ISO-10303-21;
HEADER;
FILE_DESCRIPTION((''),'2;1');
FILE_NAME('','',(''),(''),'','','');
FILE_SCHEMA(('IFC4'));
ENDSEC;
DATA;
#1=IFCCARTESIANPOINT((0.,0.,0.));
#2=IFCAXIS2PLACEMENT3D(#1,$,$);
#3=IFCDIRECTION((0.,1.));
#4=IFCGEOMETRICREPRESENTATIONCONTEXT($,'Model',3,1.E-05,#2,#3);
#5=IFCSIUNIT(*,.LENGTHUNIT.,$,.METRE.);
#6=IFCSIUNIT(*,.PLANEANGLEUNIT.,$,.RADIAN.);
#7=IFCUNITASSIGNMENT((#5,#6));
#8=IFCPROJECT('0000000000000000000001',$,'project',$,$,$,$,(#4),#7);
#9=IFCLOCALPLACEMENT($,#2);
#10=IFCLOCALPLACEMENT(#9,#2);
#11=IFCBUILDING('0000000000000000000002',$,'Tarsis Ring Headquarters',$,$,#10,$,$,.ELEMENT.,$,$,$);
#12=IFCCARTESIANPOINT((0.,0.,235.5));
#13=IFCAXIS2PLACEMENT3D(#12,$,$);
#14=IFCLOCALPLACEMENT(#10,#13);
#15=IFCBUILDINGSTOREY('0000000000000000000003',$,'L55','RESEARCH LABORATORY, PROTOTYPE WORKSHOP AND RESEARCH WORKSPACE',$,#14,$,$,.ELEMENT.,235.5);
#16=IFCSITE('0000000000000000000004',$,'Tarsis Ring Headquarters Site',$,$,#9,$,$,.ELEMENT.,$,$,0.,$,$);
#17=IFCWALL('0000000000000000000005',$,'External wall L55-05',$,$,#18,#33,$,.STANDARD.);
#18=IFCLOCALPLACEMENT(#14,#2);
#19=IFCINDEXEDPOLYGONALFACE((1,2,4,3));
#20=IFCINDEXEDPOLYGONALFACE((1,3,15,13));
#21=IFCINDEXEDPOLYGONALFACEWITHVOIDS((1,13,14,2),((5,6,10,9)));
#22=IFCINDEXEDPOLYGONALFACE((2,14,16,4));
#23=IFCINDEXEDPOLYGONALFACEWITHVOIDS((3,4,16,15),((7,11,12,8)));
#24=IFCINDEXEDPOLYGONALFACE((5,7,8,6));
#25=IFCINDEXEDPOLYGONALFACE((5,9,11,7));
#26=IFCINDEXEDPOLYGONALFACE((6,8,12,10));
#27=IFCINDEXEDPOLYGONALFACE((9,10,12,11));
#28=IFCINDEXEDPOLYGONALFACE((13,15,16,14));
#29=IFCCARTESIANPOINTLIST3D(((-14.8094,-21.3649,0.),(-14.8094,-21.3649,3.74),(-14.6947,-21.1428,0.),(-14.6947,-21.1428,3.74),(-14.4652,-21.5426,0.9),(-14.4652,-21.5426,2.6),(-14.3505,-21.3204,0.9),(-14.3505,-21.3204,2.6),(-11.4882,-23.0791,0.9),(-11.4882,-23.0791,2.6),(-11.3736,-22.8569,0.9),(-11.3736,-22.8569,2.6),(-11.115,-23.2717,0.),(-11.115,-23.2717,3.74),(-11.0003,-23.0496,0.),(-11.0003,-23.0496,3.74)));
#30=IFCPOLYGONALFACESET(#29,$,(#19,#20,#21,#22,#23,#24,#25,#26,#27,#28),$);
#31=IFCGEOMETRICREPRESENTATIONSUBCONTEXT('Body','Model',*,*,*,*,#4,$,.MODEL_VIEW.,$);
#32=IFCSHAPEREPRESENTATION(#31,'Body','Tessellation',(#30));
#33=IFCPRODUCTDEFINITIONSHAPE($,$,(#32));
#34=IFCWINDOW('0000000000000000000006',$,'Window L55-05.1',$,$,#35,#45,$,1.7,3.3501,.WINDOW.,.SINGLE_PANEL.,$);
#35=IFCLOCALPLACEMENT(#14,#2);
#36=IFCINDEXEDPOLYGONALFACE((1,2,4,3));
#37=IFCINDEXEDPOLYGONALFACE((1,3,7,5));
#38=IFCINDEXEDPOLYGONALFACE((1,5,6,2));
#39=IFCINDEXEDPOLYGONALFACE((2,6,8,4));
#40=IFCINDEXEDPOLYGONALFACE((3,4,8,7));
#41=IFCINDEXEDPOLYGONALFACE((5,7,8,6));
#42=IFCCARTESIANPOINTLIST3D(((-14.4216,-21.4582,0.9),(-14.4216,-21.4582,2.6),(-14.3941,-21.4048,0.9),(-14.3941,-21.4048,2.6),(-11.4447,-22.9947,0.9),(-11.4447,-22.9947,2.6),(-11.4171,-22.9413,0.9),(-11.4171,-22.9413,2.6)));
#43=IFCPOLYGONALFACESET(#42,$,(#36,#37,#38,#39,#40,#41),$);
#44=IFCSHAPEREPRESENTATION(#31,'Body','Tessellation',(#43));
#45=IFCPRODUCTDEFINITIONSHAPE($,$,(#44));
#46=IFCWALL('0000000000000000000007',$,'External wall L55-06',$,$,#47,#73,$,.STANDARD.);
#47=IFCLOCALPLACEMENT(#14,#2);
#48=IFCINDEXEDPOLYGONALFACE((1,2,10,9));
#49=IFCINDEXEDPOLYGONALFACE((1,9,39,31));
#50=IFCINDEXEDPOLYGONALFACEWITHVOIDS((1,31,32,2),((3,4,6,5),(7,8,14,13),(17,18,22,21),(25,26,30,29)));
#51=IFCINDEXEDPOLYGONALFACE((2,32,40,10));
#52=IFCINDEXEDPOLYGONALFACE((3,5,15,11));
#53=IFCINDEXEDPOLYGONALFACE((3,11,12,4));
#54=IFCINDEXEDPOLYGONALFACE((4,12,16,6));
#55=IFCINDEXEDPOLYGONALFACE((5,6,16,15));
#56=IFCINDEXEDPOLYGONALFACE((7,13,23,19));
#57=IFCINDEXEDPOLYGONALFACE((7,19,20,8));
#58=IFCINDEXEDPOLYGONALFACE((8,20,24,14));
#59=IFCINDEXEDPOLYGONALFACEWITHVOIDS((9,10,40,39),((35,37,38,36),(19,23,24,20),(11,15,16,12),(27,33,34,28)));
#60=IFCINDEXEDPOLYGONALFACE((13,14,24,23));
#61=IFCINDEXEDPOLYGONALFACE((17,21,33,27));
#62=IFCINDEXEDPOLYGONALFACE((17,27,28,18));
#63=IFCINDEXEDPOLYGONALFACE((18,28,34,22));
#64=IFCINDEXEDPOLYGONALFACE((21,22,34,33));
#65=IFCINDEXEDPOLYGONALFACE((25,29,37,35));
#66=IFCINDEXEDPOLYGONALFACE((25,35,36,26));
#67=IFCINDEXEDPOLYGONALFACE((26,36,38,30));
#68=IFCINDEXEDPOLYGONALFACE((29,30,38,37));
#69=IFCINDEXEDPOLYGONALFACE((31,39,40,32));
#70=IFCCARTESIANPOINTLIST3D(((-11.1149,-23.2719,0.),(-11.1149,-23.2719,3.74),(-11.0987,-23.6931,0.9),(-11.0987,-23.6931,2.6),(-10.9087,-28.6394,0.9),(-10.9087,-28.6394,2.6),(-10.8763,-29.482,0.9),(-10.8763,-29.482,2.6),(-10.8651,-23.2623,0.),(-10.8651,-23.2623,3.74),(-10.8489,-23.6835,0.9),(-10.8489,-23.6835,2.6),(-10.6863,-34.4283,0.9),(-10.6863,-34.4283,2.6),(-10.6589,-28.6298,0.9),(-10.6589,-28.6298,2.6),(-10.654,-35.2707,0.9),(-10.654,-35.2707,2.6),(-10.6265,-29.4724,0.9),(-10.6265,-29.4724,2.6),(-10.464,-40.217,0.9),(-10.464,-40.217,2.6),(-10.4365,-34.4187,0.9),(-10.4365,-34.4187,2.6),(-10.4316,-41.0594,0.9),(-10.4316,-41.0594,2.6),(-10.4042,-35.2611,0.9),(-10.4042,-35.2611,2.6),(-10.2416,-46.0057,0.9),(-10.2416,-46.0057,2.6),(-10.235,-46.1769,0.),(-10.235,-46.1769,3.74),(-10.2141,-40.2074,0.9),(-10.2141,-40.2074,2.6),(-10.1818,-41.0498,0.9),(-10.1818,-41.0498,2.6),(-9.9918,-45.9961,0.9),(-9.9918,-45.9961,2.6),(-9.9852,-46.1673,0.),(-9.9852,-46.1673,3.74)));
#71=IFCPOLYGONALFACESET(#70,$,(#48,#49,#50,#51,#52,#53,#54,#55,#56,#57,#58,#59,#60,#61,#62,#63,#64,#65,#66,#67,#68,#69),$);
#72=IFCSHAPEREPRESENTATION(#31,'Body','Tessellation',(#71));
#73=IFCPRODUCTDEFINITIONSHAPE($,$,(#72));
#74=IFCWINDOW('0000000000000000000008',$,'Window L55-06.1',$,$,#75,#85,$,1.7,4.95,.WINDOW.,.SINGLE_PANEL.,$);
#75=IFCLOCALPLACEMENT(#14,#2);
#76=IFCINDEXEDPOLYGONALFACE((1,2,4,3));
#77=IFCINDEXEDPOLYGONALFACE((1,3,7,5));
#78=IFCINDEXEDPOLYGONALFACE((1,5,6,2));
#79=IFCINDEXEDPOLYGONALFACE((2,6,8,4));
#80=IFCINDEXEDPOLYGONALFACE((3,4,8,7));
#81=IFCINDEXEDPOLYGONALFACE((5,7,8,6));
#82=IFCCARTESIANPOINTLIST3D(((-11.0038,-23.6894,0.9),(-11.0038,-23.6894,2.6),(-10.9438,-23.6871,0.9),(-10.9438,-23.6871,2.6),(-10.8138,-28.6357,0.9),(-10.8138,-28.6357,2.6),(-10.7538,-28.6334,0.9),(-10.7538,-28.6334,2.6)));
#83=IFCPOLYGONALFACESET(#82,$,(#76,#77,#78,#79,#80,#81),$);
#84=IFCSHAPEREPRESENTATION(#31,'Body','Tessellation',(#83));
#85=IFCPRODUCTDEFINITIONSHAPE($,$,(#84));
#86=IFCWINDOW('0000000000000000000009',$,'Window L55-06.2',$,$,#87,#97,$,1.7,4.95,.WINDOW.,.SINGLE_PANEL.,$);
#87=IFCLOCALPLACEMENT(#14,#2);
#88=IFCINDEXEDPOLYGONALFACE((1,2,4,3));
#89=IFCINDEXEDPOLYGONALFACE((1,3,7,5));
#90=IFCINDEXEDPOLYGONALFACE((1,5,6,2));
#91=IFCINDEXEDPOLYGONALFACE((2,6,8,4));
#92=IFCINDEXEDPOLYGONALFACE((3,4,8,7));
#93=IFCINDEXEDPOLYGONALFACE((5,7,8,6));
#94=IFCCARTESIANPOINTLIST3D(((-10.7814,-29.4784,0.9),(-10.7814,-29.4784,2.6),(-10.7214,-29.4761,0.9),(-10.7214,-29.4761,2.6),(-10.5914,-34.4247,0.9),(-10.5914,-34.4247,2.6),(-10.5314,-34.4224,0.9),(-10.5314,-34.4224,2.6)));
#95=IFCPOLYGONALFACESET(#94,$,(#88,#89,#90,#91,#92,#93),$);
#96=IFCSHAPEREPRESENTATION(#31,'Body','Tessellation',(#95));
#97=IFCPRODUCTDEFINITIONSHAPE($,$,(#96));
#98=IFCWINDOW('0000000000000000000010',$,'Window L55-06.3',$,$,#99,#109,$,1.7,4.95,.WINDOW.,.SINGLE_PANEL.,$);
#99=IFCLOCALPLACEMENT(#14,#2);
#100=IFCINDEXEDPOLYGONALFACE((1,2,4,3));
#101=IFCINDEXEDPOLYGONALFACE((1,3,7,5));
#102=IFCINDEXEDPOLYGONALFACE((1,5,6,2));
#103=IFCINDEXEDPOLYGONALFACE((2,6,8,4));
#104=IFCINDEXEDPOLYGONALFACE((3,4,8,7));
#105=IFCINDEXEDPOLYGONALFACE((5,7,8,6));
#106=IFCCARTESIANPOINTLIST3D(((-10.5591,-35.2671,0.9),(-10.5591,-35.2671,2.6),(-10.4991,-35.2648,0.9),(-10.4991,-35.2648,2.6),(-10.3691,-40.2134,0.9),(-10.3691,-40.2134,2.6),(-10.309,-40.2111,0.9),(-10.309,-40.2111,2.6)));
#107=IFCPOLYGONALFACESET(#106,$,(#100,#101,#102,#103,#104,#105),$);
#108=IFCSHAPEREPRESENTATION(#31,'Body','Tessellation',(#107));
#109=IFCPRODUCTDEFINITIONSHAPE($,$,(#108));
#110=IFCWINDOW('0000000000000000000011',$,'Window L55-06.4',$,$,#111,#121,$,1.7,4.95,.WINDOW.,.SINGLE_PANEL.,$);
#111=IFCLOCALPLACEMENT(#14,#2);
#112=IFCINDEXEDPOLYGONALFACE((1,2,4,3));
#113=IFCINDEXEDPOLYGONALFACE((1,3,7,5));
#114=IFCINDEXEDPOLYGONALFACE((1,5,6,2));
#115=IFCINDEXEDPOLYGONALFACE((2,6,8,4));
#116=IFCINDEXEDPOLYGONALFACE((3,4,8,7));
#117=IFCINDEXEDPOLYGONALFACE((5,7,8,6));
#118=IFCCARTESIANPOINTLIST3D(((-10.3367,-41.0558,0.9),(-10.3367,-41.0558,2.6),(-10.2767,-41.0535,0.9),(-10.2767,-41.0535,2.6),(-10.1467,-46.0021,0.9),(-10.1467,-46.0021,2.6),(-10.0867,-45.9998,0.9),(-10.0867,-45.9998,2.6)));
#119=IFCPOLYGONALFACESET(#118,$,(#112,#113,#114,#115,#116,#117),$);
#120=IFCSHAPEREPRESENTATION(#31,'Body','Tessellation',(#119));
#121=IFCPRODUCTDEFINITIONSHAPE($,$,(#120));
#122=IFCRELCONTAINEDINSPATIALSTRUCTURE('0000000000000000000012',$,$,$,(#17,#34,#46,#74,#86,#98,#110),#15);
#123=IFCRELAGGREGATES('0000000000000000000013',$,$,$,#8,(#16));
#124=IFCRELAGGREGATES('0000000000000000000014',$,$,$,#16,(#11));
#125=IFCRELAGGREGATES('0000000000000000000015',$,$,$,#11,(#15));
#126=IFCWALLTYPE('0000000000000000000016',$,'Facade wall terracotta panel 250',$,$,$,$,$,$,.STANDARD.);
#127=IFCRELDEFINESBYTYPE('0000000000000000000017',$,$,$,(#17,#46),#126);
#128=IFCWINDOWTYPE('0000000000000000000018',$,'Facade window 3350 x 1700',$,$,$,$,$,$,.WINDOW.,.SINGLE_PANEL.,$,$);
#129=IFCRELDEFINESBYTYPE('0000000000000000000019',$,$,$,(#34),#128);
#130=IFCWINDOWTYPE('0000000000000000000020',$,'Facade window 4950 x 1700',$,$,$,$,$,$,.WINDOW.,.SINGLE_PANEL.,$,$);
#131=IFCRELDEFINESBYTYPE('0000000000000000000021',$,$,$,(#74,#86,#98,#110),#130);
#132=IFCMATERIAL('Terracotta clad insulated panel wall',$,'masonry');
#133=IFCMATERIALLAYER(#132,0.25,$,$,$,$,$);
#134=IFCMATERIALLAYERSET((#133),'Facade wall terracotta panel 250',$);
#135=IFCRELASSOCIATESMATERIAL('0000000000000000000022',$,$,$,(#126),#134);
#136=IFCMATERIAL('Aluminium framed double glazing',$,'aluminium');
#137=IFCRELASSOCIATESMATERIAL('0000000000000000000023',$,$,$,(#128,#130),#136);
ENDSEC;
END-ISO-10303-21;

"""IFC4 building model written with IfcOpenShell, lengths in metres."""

from ifc_helpers import new_model, si_unit, direction, frame, frame_2d, origin, place, context, subcontext, project, spatial, rectangle, extrude, material, layer, layer_set, type_object, element, fill, save


model = new_model("IFC4")

# Units and contexts
model_context = context("Model", 3, precision=1e-05, world=origin(), true_north=direction((0.0, 1.0)))
body_context = subcontext(model_context, "Body", "Model", "MODEL_VIEW")
ifc_project = project(units=[si_unit("LENGTHUNIT", "METRE"), si_unit("PLANEANGLEUNIT", "RADIAN")], contexts=[model_context])

# Site, building, storey
site_placement = place(None, origin())
site = spatial("IfcSite", under=ifc_project, at=site_placement, Name="Tarsis Ring Headquarters Site", CompositionType="ELEMENT", RefElevation=0.0)
building_placement = place(site_placement, origin())
building = spatial("IfcBuilding", under=site, at=building_placement, Name="Tarsis Ring Headquarters", CompositionType="ELEMENT")
storey_placement = place(building_placement, frame((0.0, 0.0, 235.5)))
storey = spatial("IfcBuildingStorey", under=building, at=storey_placement, Name="L55", Description="RESEARCH LABORATORY, PROTOTYPE WORKSHOP AND RESEARCH WORKSPACE", CompositionType="ELEMENT", Elevation=235.5)

# Wall, opening, window
ifc_material_1 = material(Name="Terracotta clad insulated panel wall", Category="masonry")
ifc_layer_1 = layer(ifc_material_1, 0.25)
ifc_layer_set_1 = layer_set([ifc_layer_1], Name="Facade wall terracotta panel 250")
wall_type_1 = type_object("IfcWallType", Name="Facade wall terracotta panel 250", PredefinedType="STANDARD", material=ifc_layer_set_1)
wall_1_placement = place(storey_placement, frame((-14.752, -21.2539, 0.0), z_axis=(0.0, 0.0, 1.0), x_axis=(0.888622, -0.45864, 0.0)))
wall_1 = element("IfcWall", 1, at=wall_1_placement, inside=storey, type_object=wall_type_1, Name="External wall L55-05", PredefinedType="STANDARD", context=body_context, shape_type="SweptSolid", body=[
    extrude(rectangle(XDim=4.1575, YDim=0.25, at=frame_2d((2.0786, 0.0))), origin(), (0.0, 0.0, 1.0), 3.74),
])
opening_1_placement = place(wall_1_placement, frame((0.3872, 0.0, 0.8999)))
opening_1 = element("IfcOpeningElement", 2, at=opening_1_placement, cuts=wall_1, PredefinedType="OPENING", context=body_context, shape_type="SweptSolid", body=[
    extrude(rectangle(XDim=3.3501, YDim=1.7, at=frame_2d((1.675, 0.8501))), frame((0.0, 0.135, 0.0), z_axis=(0.0, -1.0, 0.0), x_axis=(1.0, 0.0, 0.0)), (0.0, 0.0, 1.0), 0.27),
])
ifc_material_2 = material(Name="Aluminium framed double glazing", Category="aluminium")
window_type_1 = type_object("IfcWindowType", Name="Facade window 3350 x 1700", PartitioningType="SINGLE_PANEL", PredefinedType="WINDOW", material=ifc_material_2)
window_1_placement = place(opening_1_placement, origin())
window_1 = element("IfcWindow", 3, at=window_1_placement, inside=storey, type_object=window_type_1, Name="Window L55-05.1", OverallHeight=1.7, OverallWidth=3.3501, PartitioningType="SINGLE_PANEL", PredefinedType="WINDOW", context=body_context, shape_type="SweptSolid", body=[
    extrude(rectangle(XDim=3.3501, YDim=1.7, at=frame_2d((1.675, 0.8501))), frame((0.0, 0.03, 0.0), z_axis=(0.0, -1.0, 0.0), x_axis=(1.0, 0.0, 0.0)), (0.0, 0.0, 1.0), 0.0601),
])
fill(opening_1, window_1)

# Wall, openings, windows
wall_2_placement = place(storey_placement, frame((-10.99, -23.2671, 0.0), z_axis=(0.0, 0.0, 1.0), x_axis=(0.038386, -0.999263, 0.0)))
wall_2 = element("IfcWall", 4, at=wall_2_placement, inside=storey, type_object=wall_type_1, Name="External wall L55-06", PredefinedType="STANDARD", context=body_context, shape_type="SweptSolid", body=[
    extrude(rectangle(XDim=22.9219, YDim=0.25, at=frame_2d((11.4609, 0.0))), origin(), (0.0, 0.0, 1.0), 3.74),
])
opening_2_placement = place(wall_2_placement, frame((0.4214, 0.0, 0.8999)))
opening_2 = element("IfcOpeningElement", 5, at=opening_2_placement, cuts=wall_2, PredefinedType="OPENING", context=body_context, shape_type="SweptSolid", body=[
    extrude(rectangle(XDim=4.95, YDim=1.7, at=frame_2d((2.4751, 0.8501))), frame((0.0, 0.135, 0.0), z_axis=(0.0, -1.0, 0.0), x_axis=(1.0, 0.0, 0.0)), (0.0, 0.0, 1.0), 0.27),
])
opening_3_placement = place(wall_2_placement, frame((6.2146, 0.0, 0.8999)))
opening_3 = element("IfcOpeningElement", 6, at=opening_3_placement, cuts=wall_2, PredefinedType="OPENING", context=body_context, shape_type="SweptSolid", body=[
    extrude(rectangle(XDim=4.95, YDim=1.7, at=frame_2d((2.4751, 0.8501))), frame((0.0, 0.135, 0.0), z_axis=(0.0, -1.0, 0.0), x_axis=(1.0, 0.0, 0.0)), (0.0, 0.0, 1.0), 0.27),
])
opening_4_placement = place(wall_2_placement, frame((12.0076, 0.0, 0.8999)))
opening_4 = element("IfcOpeningElement", 7, at=opening_4_placement, cuts=wall_2, PredefinedType="OPENING", context=body_context, shape_type="SweptSolid", body=[
    extrude(rectangle(XDim=4.95, YDim=1.7, at=frame_2d((2.4751, 0.8501))), frame((0.0, 0.135, 0.0), z_axis=(0.0, -1.0, 0.0), x_axis=(1.0, 0.0, 0.0)), (0.0, 0.0, 1.0), 0.27),
])
opening_5_placement = place(wall_2_placement, frame((17.8005, 0.0, 0.8999)))
opening_5 = element("IfcOpeningElement", 8, at=opening_5_placement, cuts=wall_2, PredefinedType="OPENING", context=body_context, shape_type="SweptSolid", body=[
    extrude(rectangle(XDim=4.95, YDim=1.7, at=frame_2d((2.4751, 0.8501))), frame((0.0, 0.135, 0.0), z_axis=(0.0, -1.0, 0.0), x_axis=(1.0, 0.0, 0.0)), (0.0, 0.0, 1.0), 0.27),
])
window_type_2 = type_object("IfcWindowType", Name="Facade window 4950 x 1700", PartitioningType="SINGLE_PANEL", PredefinedType="WINDOW", material=ifc_material_2)
window_2_placement = place(opening_2_placement, origin())
window_2 = element("IfcWindow", 9, at=window_2_placement, inside=storey, type_object=window_type_2, Name="Window L55-06.1", OverallHeight=1.7, OverallWidth=4.95, PartitioningType="SINGLE_PANEL", PredefinedType="WINDOW", context=body_context, shape_type="SweptSolid", body=[
    extrude(rectangle(XDim=4.95, YDim=1.7, at=frame_2d((2.4751, 0.8501))), frame((0.0, 0.03, 0.0), z_axis=(0.0, -1.0, 0.0), x_axis=(1.0, 0.0, 0.0)), (0.0, 0.0, 1.0), 0.0601),
])
fill(opening_2, window_2)
window_3_placement = place(opening_3_placement, origin())
window_3 = element("IfcWindow", 10, at=window_3_placement, inside=storey, type_object=window_type_2, Name="Window L55-06.2", OverallHeight=1.7, OverallWidth=4.95, PartitioningType="SINGLE_PANEL", PredefinedType="WINDOW", context=body_context, shape_type="SweptSolid", body=[
    extrude(rectangle(XDim=4.95, YDim=1.7, at=frame_2d((2.4751, 0.8501))), frame((0.0, 0.03, 0.0), z_axis=(0.0, -1.0, 0.0), x_axis=(1.0, 0.0, 0.0)), (0.0, 0.0, 1.0), 0.0601),
])
fill(opening_3, window_3)
window_4_placement = place(opening_4_placement, origin())
window_4 = element("IfcWindow", 11, at=window_4_placement, inside=storey, type_object=window_type_2, Name="Window L55-06.3", OverallHeight=1.7, OverallWidth=4.95, PartitioningType="SINGLE_PANEL", PredefinedType="WINDOW", context=body_context, shape_type="SweptSolid", body=[
    extrude(rectangle(XDim=4.95, YDim=1.7, at=frame_2d((2.4751, 0.8501))), frame((0.0, 0.03, 0.0), z_axis=(0.0, -1.0, 0.0), x_axis=(1.0, 0.0, 0.0)), (0.0, 0.0, 1.0), 0.0601),
])
fill(opening_4, window_4)
window_5_placement = place(opening_5_placement, origin())
window_5 = element("IfcWindow", 12, at=window_5_placement, inside=storey, type_object=window_type_2, Name="Window L55-06.4", OverallHeight=1.7, OverallWidth=4.95, PartitioningType="SINGLE_PANEL", PredefinedType="WINDOW", context=body_context, shape_type="SweptSolid", body=[
    extrude(rectangle(XDim=4.95, YDim=1.7, at=frame_2d((2.4751, 0.8501))), frame((0.0, 0.03, 0.0), z_axis=(0.0, -1.0, 0.0), x_axis=(1.0, 0.0, 0.0)), (0.0, 0.0, 1.0), 0.0601),
])
fill(opening_5, window_5)

save(model, "model.ifc")
